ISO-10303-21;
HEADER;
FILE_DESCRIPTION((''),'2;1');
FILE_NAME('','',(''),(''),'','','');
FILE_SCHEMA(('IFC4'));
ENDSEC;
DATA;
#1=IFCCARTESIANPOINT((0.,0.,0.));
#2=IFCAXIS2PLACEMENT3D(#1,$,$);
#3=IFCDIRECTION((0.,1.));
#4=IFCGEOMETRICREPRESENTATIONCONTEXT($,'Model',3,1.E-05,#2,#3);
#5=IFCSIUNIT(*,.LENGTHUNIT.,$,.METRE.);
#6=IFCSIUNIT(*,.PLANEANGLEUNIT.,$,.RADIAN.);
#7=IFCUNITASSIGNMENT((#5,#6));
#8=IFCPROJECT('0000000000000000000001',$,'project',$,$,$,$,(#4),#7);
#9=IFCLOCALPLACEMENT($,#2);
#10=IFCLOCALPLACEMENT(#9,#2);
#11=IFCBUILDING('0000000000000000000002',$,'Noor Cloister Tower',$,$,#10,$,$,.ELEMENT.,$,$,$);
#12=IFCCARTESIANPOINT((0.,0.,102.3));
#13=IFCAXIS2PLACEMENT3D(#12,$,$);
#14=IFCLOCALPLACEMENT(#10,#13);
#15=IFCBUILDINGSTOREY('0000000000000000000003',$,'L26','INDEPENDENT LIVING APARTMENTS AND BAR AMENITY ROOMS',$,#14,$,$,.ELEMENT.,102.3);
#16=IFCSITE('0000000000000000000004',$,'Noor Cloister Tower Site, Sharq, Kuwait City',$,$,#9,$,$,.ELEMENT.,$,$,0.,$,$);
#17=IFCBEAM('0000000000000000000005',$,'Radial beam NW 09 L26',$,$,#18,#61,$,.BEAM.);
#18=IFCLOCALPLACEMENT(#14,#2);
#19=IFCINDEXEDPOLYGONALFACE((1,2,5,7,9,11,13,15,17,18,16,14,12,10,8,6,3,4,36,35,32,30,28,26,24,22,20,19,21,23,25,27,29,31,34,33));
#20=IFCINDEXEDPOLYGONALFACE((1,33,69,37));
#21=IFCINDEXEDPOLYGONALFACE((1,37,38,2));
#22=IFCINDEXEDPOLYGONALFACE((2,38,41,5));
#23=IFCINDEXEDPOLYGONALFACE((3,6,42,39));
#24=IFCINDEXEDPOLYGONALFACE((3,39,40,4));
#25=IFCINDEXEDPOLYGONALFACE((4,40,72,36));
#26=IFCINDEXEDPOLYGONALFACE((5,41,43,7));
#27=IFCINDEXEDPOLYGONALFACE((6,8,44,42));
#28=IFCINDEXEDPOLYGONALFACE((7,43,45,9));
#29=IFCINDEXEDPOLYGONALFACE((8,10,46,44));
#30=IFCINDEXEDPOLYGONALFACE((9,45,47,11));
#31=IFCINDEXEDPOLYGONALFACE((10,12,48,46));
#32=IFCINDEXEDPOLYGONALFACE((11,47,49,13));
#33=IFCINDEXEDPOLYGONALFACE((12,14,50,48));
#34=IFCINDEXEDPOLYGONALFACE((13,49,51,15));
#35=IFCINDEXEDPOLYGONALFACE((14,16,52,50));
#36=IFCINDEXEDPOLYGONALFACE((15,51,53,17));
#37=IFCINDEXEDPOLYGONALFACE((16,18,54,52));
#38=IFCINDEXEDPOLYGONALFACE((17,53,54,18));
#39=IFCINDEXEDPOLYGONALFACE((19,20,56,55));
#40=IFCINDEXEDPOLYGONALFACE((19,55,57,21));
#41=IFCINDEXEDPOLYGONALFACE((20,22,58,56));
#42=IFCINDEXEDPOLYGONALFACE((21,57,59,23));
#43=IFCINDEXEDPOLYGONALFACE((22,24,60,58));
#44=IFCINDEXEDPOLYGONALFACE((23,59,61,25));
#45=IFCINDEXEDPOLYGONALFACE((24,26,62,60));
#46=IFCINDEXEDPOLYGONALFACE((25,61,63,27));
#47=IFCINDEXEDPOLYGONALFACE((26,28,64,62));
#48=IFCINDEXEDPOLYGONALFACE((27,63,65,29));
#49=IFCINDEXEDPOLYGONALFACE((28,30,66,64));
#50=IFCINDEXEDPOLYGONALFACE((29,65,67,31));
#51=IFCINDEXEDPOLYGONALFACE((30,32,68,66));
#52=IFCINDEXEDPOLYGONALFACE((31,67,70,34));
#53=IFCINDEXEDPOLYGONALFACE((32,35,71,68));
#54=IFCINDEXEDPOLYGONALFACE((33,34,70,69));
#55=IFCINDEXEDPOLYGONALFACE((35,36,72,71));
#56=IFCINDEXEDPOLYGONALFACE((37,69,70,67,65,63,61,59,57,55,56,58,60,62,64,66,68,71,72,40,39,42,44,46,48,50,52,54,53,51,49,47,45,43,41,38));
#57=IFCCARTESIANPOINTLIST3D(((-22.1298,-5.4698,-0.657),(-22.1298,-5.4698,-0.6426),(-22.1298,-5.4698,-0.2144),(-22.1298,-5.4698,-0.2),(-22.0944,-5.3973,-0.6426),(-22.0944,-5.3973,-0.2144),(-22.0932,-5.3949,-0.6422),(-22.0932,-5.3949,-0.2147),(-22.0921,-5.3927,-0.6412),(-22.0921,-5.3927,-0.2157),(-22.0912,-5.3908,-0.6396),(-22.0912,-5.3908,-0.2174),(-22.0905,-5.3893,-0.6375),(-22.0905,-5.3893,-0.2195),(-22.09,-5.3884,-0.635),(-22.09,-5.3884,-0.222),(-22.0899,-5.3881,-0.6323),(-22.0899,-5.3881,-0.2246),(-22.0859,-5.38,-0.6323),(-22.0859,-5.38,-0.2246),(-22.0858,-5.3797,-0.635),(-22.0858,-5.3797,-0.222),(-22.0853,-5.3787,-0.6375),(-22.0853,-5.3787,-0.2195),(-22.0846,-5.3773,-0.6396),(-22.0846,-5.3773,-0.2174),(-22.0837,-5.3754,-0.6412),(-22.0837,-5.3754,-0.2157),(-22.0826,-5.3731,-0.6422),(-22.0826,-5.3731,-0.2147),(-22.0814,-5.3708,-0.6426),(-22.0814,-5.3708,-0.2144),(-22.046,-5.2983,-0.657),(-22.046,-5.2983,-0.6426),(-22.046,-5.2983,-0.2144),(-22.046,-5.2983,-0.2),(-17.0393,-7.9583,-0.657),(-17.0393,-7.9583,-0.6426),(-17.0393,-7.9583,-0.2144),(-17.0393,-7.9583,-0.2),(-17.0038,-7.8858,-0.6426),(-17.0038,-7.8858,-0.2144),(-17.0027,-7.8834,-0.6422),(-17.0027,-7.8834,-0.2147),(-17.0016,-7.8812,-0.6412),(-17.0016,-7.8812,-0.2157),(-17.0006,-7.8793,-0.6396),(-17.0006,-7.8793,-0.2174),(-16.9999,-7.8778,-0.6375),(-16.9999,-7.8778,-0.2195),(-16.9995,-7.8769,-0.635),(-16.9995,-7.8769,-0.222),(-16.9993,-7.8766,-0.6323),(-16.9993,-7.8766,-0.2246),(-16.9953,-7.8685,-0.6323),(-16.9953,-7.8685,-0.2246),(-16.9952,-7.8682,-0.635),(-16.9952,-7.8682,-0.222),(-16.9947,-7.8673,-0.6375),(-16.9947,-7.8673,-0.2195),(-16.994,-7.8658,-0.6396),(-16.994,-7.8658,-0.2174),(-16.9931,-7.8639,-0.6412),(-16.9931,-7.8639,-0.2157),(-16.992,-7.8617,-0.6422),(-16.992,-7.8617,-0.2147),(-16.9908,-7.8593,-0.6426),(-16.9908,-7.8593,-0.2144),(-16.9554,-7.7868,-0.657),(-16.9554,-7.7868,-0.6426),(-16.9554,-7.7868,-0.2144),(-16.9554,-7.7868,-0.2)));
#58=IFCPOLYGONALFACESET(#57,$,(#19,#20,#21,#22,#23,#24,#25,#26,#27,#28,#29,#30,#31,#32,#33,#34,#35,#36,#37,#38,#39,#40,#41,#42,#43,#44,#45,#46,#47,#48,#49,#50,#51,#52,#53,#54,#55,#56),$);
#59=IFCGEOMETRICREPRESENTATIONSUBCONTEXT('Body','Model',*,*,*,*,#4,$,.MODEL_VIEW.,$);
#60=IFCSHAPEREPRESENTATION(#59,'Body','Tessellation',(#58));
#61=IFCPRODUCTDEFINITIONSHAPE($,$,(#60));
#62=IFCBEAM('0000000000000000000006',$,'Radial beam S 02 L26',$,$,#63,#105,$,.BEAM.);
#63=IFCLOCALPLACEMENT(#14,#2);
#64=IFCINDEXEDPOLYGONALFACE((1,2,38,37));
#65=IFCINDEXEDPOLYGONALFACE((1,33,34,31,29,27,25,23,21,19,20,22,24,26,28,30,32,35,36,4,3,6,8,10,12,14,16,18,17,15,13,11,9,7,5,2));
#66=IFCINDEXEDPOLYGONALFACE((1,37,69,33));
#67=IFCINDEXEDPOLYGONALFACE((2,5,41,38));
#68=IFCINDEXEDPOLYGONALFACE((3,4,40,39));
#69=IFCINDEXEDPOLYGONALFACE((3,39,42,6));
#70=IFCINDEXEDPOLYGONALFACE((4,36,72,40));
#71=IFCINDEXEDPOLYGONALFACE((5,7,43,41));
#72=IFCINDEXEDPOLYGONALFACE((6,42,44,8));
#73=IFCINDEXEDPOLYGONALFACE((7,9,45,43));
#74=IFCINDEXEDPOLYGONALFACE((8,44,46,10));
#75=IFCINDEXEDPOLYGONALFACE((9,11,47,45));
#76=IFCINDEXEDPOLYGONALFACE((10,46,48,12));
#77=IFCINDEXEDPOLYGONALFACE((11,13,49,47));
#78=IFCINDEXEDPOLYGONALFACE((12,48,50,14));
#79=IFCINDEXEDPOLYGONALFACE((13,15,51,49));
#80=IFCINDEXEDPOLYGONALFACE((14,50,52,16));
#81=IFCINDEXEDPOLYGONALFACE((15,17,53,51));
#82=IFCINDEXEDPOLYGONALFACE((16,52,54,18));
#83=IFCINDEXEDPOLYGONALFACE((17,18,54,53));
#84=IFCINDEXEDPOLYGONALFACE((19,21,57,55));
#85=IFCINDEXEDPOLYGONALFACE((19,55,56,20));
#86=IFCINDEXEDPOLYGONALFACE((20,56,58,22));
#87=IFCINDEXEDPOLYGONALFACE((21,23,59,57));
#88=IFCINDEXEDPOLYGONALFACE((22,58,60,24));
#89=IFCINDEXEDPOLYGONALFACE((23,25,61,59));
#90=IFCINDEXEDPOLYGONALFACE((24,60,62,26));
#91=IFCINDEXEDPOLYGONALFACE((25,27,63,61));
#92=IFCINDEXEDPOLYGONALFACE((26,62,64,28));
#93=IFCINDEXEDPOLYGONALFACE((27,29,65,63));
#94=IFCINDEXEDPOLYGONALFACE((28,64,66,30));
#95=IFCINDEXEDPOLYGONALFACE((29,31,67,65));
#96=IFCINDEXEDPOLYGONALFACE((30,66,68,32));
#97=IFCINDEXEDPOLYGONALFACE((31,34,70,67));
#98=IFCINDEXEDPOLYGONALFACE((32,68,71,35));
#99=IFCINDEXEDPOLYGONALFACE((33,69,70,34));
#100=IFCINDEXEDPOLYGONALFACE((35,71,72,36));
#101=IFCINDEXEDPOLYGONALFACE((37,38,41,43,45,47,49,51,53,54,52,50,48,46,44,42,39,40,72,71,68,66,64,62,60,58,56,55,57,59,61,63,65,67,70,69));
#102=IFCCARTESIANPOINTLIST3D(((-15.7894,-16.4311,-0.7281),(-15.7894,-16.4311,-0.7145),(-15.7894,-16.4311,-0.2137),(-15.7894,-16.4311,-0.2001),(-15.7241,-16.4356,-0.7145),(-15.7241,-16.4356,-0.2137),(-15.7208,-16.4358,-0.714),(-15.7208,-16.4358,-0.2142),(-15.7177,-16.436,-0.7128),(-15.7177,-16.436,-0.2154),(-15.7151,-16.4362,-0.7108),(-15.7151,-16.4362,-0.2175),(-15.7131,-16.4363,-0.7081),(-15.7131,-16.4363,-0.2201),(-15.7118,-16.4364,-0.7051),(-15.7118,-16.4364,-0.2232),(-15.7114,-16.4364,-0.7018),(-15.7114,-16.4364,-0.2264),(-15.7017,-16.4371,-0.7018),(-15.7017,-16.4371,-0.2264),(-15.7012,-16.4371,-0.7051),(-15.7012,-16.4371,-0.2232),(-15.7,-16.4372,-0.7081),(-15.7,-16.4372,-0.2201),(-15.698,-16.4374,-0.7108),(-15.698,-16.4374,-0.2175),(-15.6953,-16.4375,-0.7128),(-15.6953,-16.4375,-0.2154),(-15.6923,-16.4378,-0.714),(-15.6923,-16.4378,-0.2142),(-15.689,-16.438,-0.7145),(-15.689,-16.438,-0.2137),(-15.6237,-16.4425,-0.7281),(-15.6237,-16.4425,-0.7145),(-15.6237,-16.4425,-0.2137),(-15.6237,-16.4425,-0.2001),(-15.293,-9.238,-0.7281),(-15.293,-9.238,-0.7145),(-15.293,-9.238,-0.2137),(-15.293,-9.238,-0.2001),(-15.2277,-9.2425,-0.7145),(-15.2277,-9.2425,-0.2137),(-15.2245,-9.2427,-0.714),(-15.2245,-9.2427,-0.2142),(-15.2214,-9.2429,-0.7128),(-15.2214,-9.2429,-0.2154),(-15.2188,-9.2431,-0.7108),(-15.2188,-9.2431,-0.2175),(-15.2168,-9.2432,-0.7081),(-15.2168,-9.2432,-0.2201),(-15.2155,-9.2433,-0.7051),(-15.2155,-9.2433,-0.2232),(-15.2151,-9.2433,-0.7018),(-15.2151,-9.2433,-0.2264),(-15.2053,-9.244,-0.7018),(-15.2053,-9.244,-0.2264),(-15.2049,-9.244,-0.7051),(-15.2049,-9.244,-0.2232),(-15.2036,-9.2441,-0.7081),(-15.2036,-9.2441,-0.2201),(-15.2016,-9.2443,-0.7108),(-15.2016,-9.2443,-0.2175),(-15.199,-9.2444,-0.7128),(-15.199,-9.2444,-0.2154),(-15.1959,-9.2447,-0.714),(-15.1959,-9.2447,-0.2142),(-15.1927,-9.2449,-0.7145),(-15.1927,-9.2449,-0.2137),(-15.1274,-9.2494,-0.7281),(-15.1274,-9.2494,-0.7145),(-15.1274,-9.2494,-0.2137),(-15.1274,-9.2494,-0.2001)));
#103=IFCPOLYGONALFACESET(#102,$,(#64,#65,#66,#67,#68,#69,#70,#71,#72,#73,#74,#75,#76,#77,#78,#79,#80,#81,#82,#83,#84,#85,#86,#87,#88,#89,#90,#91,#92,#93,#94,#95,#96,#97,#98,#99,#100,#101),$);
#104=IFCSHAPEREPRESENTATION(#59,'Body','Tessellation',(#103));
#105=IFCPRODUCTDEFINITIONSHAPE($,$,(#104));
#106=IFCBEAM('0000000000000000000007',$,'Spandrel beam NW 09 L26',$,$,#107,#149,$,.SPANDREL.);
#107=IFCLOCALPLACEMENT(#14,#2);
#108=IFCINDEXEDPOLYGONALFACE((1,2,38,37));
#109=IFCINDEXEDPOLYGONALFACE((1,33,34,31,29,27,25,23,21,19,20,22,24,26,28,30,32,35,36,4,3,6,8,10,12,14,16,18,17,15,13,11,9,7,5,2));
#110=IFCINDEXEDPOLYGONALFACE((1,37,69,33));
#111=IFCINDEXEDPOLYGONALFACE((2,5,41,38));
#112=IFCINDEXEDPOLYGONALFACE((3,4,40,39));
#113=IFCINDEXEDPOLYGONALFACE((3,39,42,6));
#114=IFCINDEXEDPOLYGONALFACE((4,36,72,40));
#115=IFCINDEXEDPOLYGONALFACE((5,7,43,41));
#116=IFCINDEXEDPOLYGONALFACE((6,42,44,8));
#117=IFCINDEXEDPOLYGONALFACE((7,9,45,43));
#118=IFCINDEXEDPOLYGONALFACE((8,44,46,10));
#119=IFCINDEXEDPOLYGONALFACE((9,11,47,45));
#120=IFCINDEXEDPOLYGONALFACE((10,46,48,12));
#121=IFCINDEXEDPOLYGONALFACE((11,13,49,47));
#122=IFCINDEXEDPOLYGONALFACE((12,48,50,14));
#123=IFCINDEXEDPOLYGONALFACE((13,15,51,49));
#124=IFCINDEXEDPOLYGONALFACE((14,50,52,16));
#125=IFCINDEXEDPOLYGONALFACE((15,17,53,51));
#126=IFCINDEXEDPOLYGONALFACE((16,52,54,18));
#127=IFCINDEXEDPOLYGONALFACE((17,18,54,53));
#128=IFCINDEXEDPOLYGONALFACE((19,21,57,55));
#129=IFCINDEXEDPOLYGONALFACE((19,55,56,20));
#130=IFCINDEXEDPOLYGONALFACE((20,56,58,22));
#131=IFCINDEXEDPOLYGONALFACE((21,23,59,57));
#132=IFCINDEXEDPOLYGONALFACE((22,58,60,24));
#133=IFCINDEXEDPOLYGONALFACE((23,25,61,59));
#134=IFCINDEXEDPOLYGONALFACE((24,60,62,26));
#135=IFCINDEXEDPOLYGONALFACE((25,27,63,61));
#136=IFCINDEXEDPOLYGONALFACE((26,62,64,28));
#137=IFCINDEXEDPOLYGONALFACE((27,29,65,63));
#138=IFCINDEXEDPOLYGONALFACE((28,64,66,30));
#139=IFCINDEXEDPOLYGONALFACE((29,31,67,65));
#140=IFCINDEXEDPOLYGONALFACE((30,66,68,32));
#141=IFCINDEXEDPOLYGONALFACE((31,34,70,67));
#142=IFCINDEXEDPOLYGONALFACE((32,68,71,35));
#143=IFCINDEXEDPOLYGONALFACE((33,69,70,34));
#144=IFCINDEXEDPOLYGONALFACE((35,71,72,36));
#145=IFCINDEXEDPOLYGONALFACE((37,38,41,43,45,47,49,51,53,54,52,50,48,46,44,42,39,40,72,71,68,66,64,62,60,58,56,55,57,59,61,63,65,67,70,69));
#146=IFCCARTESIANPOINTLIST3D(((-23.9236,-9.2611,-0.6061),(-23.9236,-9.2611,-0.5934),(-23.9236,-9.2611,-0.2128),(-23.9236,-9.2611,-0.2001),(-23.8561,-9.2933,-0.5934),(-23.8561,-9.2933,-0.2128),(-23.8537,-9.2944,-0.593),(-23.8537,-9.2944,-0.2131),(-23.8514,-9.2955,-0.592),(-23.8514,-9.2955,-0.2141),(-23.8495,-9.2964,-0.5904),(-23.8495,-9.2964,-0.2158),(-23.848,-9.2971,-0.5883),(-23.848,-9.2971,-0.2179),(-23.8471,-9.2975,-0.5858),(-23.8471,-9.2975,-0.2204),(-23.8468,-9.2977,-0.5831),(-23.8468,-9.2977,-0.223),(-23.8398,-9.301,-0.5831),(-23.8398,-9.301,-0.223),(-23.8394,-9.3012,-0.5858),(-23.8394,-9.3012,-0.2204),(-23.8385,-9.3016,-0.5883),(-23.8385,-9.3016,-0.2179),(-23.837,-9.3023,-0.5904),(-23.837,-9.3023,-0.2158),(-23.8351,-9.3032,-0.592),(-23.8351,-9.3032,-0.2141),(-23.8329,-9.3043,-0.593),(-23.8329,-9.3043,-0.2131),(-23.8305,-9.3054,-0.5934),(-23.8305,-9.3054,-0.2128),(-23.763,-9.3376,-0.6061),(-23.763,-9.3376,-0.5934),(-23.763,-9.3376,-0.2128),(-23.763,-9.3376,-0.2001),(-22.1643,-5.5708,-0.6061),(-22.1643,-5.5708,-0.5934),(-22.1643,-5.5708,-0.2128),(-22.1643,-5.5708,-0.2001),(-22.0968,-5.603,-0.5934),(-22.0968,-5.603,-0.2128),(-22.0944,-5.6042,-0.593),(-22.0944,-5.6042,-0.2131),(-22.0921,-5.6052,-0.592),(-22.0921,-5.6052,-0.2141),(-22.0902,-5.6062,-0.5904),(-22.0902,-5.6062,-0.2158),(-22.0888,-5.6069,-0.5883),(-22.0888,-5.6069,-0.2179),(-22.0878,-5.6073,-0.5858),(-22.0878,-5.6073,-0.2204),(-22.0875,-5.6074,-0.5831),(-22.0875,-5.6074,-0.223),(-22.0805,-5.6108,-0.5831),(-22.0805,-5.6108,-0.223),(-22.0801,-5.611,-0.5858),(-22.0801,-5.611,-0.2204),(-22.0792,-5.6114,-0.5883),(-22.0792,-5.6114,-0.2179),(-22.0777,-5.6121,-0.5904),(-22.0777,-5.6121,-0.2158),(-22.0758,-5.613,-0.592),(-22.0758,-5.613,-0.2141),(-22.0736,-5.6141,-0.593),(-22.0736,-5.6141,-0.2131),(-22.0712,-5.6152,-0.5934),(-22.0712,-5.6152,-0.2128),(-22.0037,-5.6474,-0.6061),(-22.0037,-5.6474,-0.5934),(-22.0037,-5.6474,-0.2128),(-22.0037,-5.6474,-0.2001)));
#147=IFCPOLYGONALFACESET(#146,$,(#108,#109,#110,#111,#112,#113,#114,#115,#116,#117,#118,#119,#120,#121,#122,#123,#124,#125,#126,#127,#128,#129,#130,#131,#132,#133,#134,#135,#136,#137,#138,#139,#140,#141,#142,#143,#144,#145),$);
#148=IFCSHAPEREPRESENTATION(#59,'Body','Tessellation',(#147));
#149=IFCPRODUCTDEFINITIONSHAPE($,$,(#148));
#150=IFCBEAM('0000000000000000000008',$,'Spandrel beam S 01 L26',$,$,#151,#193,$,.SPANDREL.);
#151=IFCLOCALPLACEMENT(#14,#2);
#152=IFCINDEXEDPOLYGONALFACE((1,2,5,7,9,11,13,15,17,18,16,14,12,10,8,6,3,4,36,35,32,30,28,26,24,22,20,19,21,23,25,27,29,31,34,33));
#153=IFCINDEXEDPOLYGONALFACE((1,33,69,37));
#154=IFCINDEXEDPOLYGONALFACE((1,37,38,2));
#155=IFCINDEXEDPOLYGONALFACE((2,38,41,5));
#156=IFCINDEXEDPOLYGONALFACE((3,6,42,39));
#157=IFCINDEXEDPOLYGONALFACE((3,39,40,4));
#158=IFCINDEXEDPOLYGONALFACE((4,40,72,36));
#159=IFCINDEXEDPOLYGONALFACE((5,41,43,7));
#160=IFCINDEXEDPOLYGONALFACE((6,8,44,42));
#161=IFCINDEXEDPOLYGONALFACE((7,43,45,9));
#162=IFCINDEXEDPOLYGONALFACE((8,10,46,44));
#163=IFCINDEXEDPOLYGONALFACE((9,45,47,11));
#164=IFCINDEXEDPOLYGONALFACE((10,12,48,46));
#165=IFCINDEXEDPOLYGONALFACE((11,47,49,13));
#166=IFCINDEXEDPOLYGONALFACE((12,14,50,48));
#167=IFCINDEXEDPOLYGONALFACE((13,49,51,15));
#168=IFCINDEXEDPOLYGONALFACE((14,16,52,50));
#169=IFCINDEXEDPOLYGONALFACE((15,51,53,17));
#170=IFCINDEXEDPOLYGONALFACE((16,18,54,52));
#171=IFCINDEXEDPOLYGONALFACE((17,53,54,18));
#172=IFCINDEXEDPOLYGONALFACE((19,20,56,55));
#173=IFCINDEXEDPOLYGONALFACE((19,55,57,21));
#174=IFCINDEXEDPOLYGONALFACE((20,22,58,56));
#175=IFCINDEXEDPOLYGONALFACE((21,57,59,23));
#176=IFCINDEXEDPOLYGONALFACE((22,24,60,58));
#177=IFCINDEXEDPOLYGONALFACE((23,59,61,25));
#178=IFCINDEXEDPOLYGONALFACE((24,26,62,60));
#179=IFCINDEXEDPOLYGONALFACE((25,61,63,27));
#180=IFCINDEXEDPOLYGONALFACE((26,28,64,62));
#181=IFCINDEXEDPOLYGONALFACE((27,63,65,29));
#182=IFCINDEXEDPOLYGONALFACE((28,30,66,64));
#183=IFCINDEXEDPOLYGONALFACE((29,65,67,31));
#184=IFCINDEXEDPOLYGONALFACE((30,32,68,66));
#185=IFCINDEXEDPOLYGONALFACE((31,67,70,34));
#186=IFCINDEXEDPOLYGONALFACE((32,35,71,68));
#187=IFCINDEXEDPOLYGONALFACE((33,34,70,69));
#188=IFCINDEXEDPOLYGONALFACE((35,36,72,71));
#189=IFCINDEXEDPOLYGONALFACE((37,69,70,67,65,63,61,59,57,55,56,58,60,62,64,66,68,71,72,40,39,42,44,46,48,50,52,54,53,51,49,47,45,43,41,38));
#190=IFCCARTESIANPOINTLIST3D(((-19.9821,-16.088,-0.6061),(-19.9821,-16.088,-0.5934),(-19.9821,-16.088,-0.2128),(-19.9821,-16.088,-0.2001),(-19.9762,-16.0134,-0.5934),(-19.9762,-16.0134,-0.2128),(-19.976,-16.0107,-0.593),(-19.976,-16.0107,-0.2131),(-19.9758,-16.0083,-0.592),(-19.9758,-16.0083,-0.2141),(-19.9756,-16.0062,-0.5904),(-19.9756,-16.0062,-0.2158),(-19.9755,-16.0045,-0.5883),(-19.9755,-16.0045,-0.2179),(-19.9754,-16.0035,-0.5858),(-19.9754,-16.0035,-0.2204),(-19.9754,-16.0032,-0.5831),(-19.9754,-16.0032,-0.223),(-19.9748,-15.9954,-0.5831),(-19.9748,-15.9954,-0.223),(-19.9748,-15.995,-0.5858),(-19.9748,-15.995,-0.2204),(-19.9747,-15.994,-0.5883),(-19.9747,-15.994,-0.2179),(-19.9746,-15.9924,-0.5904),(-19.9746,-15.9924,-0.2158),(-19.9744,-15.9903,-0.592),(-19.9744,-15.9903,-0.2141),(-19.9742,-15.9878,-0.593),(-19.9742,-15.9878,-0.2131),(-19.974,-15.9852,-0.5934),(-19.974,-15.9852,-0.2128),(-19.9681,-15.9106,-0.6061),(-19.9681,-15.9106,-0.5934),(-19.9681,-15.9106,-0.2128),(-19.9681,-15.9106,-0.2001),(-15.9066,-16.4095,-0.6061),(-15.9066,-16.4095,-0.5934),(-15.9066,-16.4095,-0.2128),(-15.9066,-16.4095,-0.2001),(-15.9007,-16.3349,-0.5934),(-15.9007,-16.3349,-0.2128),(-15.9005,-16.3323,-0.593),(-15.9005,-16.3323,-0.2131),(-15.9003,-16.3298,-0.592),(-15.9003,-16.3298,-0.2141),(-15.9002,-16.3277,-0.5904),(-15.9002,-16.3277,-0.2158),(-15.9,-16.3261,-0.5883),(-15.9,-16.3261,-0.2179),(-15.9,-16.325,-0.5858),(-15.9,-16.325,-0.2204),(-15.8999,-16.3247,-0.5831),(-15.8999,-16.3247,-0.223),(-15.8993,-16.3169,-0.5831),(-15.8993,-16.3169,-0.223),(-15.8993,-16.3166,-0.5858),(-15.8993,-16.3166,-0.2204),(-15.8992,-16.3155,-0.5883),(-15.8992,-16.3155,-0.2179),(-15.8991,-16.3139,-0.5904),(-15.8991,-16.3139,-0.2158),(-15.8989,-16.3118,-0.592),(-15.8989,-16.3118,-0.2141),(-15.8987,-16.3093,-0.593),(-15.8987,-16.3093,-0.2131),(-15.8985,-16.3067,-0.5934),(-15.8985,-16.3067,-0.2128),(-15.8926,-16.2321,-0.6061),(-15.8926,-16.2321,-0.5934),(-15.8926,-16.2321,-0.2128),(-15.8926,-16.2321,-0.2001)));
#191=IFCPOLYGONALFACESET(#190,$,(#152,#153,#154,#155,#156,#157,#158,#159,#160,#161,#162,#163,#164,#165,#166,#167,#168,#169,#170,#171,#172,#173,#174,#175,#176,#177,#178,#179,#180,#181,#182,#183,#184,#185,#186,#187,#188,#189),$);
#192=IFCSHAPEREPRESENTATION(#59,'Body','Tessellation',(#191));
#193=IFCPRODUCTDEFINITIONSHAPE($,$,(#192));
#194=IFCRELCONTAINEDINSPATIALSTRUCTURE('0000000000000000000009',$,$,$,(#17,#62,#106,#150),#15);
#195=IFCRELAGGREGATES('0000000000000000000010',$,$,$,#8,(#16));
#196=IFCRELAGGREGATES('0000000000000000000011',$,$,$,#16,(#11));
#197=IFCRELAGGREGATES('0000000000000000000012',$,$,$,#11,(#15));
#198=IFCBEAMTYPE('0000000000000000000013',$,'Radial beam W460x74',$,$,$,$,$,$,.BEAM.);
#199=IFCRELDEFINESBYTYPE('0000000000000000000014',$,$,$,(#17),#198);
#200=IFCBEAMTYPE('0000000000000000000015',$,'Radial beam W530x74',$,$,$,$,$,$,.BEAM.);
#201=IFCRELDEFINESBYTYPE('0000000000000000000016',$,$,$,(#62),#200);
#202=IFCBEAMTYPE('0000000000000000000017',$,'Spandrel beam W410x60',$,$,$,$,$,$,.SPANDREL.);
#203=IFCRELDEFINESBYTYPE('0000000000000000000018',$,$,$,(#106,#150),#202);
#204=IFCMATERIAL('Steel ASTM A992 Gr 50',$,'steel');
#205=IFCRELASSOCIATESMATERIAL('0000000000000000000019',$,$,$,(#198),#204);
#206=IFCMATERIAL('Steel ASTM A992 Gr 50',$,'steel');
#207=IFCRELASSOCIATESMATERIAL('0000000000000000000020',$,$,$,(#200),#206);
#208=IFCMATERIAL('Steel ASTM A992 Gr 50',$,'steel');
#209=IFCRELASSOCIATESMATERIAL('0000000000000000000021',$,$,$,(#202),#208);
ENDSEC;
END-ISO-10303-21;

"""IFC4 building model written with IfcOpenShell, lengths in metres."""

from ifc_helpers import new_model, si_unit, direction, frame, origin, origin_2d, place, context, subcontext, project, spatial, i_section, extrude, material, material_profile, profile_set, type_object, element, save


model = new_model("IFC4")

# Units and contexts
model_context = context("Model", 3, precision=1e-05, world=origin(), true_north=direction((0.0, 1.0)))
body_context = subcontext(model_context, "Body", "Model", "MODEL_VIEW")
ifc_project = project(units=[si_unit("LENGTHUNIT", "METRE"), si_unit("PLANEANGLEUNIT", "RADIAN")], contexts=[model_context])

# Site, building, storey
site_placement = place(None, origin())
site = spatial("IfcSite", under=ifc_project, at=site_placement, Name="Noor Cloister Tower Site, Sharq, Kuwait City", CompositionType="ELEMENT", RefElevation=0.0)
building_placement = place(site_placement, origin())
building = spatial("IfcBuilding", under=site, at=building_placement, Name="Noor Cloister Tower", CompositionType="ELEMENT")
storey_placement = place(building_placement, frame((0.0, 0.0, 102.3)))
storey = spatial("IfcBuildingStorey", under=building, at=storey_placement, Name="L26", Description="INDEPENDENT LIVING APARTMENTS AND BAR AMENITY ROOMS", CompositionType="ELEMENT", Elevation=102.3)

# Beams
ifc_material_1 = material(Name="Steel ASTM A992 Gr 50", Category="steel")
ifc_material_profile_1 = material_profile(ifc_material_1, i_section(OverallWidth=0.1909, OverallDepth=0.457, WebThickness=0.009, FlangeThickness=0.0144, FilletRadius=0.0103, at=origin_2d()), Name="W460x74")
ifc_profile_set_1 = profile_set([ifc_material_profile_1], Name="Steel ASTM A992 Gr 50")
beam_type_1 = type_object("IfcBeamType", Name="Radial beam W460x74", PredefinedType="BEAM", material=ifc_profile_set_1)
beam_1_placement = place(storey_placement, frame((-22.0879, -5.384, -0.4285), z_axis=(0.898398, -0.439182, 0.0), x_axis=(0.439182, 0.898398, 0.0)))
element("IfcBeam", 1, at=beam_1_placement, inside=storey, type_object=beam_type_1, Name="Radial beam NW 09 L26", PredefinedType="BEAM", context=body_context, shape_type="SweptSolid", body=[
    extrude(i_section(OverallWidth=0.1909, OverallDepth=0.457, WebThickness=0.009, FlangeThickness=0.0144, FilletRadius=0.0103, at=origin_2d()), origin(), (0.0, 0.0, 1.0), 5.6663),
])
ifc_material_2 = material(Name="Steel ASTM A992 Gr 50", Category="steel")
ifc_material_profile_2 = material_profile(ifc_material_2, i_section(OverallWidth=0.166, OverallDepth=0.5281, WebThickness=0.0098, FlangeThickness=0.0137, FilletRadius=0.0127, at=origin_2d()), Name="W530x74")
ifc_profile_set_2 = profile_set([ifc_material_profile_2], Name="Steel ASTM A992 Gr 50")
beam_type_2 = type_object("IfcBeamType", Name="Radial beam W530x74", PredefinedType="BEAM", material=ifc_profile_set_2)
beam_2_placement = place(storey_placement, frame((-15.7065, -16.4368, -0.4641), z_axis=(0.068838, 0.997628, 0.0), x_axis=(-0.997628, 0.068838, 0.0)))
element("IfcBeam", 2, at=beam_2_placement, inside=storey, type_object=beam_type_2, Name="Radial beam S 02 L26", PredefinedType="BEAM", context=body_context, shape_type="SweptSolid", body=[
    extrude(i_section(OverallWidth=0.166, OverallDepth=0.5281, WebThickness=0.0098, FlangeThickness=0.0137, FilletRadius=0.0127, at=origin_2d()), origin(), (0.0, 0.0, 1.0), 7.2102),
])
ifc_material_3 = material(Name="Steel ASTM A992 Gr 50", Category="steel")
ifc_material_profile_3 = material_profile(ifc_material_3, i_section(OverallWidth=0.178, OverallDepth=0.406, WebThickness=0.0078, FlangeThickness=0.0127, FilletRadius=0.0103, at=origin_2d()), Name="W410x60")
ifc_profile_set_3 = profile_set([ifc_material_profile_3], Name="Steel ASTM A992 Gr 50")
beam_type_3 = type_object("IfcBeamType", Name="Spandrel beam W410x60", PredefinedType="SPANDREL", material=ifc_profile_set_3)
for number, where, z_axis, x_axis, name in (
    (3, (-22.084, -5.6091, -0.4031), (-0.430342, -0.902666, 0.0), (0.902666, -0.430342, 0.0), "Spandrel beam NW 09 L26"),
    (4, (-19.9751, -15.9993, -0.4031), (0.996902, -0.078651, 0.0), (0.078651, 0.996902, 0.0), "Spandrel beam S 01 L26"),
):
    element("IfcBeam", number, at=place(storey_placement, frame(where, z_axis=z_axis, x_axis=x_axis)), inside=storey, type_object=beam_type_3, Name=name, PredefinedType="SPANDREL", context=body_context, shape_type="SweptSolid", body=[
        extrude(i_section(OverallWidth=0.178, OverallDepth=0.406, WebThickness=0.0078, FlangeThickness=0.0127, FilletRadius=0.0103, at=origin_2d()), origin(), (0.0, 0.0, 1.0), 4.0881),
    ])

save(model, "model.ifc")
